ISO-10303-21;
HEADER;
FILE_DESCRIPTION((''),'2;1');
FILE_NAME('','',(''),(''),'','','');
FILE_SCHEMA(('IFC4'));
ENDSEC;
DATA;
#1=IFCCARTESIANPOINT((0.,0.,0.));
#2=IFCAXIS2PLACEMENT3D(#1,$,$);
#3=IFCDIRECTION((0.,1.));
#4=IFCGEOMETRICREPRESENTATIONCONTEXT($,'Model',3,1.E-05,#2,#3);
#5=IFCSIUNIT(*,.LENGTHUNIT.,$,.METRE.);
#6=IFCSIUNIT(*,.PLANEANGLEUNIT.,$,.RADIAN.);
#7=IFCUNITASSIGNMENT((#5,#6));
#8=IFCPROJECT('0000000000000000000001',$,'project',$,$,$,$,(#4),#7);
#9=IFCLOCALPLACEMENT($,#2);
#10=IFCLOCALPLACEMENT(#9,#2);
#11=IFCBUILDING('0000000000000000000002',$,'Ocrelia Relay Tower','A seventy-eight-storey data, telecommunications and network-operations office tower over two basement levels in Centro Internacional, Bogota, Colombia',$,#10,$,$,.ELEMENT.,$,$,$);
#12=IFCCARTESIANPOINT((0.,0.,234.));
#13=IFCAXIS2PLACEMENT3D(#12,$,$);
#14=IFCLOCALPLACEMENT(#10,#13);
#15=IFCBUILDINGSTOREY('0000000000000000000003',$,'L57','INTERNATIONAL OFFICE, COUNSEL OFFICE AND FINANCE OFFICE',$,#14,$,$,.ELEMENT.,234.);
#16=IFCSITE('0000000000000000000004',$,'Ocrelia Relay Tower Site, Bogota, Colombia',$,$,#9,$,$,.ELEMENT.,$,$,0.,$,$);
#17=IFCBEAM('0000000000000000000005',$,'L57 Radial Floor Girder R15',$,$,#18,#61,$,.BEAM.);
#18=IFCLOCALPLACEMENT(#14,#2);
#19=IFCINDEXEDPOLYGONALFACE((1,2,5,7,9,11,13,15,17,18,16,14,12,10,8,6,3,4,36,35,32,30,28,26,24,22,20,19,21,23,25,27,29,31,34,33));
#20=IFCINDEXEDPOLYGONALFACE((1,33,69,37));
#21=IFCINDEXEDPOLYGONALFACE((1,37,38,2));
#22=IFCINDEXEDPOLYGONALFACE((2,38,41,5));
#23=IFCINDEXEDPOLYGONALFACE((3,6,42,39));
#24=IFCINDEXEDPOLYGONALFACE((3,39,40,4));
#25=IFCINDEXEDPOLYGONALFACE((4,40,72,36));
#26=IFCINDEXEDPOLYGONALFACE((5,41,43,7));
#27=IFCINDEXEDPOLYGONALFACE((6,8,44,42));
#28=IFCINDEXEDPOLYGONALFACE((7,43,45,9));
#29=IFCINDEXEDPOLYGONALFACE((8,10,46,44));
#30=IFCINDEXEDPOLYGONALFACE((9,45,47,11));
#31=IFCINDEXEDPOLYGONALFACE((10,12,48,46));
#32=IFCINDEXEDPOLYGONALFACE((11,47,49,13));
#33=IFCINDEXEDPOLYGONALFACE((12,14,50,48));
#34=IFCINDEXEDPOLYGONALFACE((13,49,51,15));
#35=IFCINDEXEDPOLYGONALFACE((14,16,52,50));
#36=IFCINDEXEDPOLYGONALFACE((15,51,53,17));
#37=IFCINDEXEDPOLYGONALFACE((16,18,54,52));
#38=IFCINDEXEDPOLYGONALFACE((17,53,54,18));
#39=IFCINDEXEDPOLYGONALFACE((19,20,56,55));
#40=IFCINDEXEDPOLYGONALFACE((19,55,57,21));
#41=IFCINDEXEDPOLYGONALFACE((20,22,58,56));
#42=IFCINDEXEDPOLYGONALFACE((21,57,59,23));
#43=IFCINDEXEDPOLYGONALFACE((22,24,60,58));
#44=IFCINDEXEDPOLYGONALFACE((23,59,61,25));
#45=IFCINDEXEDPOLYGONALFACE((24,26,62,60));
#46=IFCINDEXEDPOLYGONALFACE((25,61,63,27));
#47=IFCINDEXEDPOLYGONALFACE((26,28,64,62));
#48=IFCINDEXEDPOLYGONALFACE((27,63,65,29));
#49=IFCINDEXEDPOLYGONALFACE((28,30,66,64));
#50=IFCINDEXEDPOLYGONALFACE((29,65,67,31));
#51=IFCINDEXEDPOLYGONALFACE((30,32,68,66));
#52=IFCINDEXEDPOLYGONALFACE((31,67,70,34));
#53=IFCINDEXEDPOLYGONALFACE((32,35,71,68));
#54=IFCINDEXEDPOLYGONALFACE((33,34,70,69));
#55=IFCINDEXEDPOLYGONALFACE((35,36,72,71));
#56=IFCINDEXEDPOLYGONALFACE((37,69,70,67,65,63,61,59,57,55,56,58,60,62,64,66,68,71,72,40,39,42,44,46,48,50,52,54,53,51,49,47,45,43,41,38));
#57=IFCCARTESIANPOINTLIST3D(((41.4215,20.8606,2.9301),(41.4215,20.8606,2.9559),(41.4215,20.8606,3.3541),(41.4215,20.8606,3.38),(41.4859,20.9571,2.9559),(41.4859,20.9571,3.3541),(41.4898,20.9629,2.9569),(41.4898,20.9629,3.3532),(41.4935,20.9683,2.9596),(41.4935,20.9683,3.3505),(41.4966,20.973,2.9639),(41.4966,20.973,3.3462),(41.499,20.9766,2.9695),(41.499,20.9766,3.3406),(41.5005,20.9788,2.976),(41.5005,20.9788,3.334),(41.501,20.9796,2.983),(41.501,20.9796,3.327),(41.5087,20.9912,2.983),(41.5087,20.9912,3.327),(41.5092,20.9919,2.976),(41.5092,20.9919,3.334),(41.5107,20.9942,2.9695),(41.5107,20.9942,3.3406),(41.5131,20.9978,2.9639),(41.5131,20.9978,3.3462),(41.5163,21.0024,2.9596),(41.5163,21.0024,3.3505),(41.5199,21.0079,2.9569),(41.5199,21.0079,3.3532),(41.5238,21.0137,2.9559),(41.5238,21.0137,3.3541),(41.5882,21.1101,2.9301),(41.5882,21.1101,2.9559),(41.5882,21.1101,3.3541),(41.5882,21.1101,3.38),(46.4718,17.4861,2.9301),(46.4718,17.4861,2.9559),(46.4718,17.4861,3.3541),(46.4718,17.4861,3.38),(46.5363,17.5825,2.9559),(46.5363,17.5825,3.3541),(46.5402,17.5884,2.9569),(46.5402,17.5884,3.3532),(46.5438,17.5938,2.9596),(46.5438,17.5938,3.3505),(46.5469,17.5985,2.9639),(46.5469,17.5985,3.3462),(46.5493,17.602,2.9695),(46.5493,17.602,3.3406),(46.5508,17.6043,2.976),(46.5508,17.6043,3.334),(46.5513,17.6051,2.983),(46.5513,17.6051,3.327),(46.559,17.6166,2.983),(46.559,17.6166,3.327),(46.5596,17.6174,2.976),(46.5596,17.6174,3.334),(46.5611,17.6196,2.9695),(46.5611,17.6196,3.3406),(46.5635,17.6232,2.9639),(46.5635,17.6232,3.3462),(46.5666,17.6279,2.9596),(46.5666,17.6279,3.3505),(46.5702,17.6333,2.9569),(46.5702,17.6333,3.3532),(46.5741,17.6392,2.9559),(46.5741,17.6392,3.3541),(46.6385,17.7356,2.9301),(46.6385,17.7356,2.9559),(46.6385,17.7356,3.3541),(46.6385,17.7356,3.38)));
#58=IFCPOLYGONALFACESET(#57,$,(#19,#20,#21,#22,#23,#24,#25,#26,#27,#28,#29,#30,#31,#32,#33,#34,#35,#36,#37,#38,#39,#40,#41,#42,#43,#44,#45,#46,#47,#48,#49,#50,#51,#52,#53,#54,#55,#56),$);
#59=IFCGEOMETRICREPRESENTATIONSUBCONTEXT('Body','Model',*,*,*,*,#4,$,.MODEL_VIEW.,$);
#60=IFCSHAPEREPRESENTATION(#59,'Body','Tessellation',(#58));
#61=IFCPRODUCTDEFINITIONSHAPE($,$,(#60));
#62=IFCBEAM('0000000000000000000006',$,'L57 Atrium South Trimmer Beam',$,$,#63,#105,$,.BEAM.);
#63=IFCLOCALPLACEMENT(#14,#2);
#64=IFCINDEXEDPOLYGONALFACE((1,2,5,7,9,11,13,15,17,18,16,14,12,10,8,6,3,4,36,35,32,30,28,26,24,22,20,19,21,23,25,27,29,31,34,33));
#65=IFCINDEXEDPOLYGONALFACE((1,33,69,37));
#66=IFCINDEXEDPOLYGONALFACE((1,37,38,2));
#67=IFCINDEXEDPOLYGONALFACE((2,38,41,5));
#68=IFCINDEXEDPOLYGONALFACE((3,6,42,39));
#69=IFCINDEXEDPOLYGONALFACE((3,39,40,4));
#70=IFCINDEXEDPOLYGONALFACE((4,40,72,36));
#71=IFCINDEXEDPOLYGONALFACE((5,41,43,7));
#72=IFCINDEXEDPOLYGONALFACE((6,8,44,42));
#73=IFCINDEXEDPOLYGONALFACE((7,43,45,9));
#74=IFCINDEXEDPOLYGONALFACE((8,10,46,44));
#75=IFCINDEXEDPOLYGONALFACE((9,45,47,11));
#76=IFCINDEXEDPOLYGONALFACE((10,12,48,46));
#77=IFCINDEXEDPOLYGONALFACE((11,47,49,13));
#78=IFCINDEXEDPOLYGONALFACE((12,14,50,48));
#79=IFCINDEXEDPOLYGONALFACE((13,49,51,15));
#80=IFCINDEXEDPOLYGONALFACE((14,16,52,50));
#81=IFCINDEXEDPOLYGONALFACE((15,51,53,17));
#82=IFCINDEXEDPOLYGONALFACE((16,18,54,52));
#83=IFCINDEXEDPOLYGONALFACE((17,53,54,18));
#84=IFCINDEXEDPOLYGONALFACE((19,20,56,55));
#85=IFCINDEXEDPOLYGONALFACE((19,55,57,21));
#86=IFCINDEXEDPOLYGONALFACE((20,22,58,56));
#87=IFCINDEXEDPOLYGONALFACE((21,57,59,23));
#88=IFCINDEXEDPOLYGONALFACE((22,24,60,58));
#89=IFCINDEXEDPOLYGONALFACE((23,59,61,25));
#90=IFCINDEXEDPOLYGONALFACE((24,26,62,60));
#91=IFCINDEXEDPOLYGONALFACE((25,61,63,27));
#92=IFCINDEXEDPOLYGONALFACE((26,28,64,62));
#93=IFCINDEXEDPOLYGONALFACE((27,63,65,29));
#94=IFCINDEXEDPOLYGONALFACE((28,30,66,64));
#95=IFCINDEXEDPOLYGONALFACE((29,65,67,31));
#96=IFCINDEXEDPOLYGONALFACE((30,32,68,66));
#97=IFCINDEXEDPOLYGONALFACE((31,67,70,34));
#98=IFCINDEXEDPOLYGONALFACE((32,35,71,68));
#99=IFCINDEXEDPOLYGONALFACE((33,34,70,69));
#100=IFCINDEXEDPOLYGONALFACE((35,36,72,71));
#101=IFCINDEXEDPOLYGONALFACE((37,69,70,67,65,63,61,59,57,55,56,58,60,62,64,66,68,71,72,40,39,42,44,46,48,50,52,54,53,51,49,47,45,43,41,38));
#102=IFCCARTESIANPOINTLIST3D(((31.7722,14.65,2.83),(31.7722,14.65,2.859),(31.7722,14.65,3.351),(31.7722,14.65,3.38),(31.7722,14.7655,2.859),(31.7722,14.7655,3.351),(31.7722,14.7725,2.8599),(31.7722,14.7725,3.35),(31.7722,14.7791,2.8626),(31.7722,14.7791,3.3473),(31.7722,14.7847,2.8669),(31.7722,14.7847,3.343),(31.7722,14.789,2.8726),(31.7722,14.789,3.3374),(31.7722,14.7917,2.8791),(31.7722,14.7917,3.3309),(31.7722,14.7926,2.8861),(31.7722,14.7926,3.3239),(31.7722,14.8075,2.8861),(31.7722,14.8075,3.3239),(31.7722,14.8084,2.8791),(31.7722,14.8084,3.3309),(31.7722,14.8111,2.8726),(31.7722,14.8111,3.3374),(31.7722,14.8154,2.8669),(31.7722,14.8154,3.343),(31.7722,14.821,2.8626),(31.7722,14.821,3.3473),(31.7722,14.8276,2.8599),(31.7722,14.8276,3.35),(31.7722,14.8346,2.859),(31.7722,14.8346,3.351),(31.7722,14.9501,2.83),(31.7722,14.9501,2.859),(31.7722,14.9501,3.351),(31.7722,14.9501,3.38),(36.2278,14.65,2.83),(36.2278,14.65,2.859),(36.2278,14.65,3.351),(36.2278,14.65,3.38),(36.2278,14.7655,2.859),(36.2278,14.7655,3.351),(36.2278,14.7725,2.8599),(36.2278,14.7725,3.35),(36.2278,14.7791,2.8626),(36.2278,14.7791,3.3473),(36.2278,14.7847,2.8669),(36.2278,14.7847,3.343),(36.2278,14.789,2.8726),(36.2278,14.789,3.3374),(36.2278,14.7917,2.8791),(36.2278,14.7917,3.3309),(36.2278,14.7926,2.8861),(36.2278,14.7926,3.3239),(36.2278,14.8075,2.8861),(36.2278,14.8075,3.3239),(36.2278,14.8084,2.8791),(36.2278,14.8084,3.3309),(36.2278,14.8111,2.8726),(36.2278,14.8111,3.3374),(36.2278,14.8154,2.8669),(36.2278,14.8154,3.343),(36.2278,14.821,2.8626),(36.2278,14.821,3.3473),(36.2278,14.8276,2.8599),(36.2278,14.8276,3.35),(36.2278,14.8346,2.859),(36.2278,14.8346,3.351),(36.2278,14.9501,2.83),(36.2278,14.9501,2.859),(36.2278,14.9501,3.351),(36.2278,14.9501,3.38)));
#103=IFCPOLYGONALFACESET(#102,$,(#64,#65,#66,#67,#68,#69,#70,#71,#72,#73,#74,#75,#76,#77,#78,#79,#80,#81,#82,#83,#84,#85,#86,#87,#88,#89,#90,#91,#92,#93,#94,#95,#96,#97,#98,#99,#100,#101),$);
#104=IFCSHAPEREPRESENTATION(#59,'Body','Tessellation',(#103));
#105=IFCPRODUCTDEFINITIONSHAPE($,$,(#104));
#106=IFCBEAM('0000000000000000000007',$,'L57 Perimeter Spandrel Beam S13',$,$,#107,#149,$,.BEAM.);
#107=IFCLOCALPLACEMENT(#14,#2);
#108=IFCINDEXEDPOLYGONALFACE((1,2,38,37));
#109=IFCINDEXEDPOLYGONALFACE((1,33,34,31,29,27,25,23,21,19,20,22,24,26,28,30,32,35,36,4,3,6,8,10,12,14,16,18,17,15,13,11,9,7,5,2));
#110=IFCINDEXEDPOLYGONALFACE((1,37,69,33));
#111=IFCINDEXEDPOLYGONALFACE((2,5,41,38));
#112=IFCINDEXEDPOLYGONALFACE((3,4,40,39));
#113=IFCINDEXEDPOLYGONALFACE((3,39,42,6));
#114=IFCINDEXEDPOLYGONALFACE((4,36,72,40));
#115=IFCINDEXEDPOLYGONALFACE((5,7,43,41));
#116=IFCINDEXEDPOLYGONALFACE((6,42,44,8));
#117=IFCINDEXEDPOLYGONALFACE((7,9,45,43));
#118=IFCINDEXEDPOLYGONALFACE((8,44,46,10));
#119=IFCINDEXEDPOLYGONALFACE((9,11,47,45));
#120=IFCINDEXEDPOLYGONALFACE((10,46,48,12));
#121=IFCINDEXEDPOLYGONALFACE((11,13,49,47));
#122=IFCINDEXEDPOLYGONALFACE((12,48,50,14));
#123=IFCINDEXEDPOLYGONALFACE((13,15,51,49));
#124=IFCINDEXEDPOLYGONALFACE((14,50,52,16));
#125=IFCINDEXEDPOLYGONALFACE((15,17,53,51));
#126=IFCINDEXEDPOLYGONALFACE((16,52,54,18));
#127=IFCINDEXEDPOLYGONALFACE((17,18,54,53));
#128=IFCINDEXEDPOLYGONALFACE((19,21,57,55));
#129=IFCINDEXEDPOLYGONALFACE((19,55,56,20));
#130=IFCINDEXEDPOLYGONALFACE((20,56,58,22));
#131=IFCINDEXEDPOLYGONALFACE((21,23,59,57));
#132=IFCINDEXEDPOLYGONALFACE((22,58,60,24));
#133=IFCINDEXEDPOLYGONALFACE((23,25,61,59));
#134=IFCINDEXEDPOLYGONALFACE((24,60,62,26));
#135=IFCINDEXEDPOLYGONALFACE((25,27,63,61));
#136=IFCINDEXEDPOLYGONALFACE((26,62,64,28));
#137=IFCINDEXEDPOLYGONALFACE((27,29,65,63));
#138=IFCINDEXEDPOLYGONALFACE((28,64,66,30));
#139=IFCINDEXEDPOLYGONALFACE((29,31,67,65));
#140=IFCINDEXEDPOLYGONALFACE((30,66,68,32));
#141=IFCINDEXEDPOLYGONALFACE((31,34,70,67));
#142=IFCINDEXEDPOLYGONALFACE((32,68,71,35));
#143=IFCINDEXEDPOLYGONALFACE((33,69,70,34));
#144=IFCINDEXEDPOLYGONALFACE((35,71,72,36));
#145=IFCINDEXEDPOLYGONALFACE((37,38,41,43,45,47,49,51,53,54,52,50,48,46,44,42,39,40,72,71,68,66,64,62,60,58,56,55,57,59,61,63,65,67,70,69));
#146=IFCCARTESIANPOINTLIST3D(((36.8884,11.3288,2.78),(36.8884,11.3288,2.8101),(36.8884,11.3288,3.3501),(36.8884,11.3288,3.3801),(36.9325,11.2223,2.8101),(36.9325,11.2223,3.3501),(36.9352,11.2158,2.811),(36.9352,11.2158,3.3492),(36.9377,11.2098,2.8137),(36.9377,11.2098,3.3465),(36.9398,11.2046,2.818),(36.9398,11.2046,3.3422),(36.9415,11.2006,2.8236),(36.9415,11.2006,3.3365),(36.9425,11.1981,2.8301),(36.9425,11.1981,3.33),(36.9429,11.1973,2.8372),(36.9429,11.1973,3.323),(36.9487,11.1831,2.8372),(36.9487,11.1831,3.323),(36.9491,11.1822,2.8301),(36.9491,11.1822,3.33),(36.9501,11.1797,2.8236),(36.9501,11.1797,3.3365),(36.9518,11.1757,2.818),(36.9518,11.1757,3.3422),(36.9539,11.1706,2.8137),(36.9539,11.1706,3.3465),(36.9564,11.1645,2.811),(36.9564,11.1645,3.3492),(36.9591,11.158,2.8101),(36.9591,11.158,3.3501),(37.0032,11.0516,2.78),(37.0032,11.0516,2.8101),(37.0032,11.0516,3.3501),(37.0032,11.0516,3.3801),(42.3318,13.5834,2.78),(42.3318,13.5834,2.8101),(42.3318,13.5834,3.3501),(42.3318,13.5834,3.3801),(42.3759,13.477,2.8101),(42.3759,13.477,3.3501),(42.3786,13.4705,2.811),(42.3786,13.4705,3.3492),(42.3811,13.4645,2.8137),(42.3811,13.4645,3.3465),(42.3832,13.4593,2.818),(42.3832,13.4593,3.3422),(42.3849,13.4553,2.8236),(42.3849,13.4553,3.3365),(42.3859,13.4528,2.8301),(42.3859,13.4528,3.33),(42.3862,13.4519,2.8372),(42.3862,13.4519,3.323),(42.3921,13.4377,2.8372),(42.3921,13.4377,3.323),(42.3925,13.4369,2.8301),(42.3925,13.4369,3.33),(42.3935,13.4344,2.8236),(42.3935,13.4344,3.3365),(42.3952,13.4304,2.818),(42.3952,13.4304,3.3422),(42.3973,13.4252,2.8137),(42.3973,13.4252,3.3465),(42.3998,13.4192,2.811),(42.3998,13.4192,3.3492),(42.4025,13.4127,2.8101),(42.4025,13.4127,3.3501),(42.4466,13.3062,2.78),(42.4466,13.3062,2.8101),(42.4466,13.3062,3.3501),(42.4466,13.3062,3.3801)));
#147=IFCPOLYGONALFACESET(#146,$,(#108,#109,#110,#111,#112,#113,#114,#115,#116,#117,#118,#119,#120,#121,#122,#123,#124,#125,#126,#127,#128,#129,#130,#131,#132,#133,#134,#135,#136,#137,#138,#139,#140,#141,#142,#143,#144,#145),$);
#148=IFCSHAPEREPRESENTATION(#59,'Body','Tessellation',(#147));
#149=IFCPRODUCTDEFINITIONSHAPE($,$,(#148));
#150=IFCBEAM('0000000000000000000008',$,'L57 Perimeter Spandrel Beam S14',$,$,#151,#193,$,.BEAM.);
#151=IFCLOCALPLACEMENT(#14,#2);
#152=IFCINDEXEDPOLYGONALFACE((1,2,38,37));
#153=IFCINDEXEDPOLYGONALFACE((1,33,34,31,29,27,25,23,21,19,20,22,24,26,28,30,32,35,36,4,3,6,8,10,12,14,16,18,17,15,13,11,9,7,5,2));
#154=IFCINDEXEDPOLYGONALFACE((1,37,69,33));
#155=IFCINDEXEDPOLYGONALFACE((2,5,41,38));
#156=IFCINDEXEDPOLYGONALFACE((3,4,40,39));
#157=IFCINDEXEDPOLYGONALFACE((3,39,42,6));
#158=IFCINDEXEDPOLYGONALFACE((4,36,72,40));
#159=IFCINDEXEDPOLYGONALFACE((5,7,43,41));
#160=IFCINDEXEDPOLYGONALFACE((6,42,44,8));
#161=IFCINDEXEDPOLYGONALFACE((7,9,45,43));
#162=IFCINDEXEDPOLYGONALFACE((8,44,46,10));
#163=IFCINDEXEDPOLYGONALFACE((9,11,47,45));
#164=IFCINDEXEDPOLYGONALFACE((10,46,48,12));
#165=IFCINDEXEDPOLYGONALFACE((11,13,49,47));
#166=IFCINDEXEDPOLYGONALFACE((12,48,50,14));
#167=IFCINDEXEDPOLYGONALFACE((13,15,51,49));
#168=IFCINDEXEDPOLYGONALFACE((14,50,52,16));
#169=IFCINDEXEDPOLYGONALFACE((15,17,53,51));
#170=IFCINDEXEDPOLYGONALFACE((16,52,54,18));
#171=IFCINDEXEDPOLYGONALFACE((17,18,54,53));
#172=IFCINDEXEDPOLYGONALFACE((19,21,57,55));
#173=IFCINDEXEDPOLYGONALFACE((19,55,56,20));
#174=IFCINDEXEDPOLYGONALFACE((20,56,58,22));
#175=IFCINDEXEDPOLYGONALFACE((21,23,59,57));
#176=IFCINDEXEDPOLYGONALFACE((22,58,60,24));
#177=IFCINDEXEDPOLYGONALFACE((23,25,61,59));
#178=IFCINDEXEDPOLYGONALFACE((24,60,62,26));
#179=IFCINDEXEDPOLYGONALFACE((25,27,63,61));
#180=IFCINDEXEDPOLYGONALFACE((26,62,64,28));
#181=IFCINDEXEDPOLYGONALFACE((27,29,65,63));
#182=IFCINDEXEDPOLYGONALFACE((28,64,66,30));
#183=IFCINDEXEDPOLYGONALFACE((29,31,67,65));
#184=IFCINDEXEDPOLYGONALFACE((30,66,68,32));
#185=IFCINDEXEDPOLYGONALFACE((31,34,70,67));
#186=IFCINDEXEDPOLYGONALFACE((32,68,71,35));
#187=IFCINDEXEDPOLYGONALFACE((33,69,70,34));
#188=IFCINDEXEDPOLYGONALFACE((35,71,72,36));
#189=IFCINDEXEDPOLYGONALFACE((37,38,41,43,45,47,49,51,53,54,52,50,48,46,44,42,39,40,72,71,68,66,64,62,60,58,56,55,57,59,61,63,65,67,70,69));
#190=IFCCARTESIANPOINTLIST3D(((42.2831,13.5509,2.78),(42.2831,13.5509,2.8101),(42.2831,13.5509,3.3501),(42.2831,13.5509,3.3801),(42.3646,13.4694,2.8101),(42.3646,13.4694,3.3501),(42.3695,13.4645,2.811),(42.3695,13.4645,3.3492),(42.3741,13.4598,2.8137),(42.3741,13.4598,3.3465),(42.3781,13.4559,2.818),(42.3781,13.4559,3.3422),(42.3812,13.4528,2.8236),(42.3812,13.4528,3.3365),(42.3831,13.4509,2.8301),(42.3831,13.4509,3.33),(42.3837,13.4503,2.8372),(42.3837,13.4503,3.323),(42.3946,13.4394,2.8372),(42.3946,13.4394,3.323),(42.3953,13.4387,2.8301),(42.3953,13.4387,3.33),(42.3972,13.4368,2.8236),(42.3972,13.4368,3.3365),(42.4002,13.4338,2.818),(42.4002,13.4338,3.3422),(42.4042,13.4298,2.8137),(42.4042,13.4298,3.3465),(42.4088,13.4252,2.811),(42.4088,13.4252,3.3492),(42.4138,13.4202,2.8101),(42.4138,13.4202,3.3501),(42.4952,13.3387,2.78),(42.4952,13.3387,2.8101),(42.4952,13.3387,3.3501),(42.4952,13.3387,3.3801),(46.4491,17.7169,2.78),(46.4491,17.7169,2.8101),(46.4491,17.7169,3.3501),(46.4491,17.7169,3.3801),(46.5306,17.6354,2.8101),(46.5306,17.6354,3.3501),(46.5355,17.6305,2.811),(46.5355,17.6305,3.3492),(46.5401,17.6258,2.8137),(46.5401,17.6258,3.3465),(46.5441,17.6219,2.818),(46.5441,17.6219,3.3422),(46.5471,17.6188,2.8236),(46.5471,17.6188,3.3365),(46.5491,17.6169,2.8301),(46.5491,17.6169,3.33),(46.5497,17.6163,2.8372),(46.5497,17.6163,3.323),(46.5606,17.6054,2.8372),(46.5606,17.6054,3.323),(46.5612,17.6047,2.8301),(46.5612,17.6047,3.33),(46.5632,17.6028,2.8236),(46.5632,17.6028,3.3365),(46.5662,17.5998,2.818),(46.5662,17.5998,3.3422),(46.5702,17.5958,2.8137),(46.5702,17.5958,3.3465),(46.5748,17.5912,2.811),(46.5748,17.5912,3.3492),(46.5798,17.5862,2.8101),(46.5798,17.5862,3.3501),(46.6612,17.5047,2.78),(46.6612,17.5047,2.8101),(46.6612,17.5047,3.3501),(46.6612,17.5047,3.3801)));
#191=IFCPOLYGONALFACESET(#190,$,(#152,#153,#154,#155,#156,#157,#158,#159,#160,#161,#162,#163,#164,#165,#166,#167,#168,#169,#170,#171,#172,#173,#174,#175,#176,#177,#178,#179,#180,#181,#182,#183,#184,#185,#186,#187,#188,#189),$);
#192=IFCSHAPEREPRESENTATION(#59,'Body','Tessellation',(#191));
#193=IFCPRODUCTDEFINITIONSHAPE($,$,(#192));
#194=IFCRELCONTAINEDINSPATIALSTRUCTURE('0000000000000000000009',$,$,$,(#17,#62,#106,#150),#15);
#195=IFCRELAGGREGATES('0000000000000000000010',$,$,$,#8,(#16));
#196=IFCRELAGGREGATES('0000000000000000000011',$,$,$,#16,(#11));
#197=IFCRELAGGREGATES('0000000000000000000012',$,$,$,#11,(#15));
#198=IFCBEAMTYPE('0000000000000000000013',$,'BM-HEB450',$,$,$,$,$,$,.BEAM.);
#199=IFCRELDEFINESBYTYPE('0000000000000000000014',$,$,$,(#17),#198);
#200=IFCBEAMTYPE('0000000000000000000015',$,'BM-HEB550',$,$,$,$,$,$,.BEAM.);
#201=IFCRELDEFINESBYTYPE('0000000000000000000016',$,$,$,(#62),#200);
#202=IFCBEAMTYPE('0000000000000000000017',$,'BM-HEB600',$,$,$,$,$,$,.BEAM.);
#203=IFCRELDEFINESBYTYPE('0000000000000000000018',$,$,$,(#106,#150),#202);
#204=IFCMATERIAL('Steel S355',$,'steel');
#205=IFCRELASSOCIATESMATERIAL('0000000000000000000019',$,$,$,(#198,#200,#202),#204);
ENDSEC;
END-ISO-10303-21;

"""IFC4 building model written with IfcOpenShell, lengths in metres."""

from ifc_helpers import new_model, si_unit, direction, frame, origin, origin_2d, place, context, subcontext, project, spatial, i_section, extrude, material, material_profile, profile_set, type_object, element, save


model = new_model("IFC4")

# Units and contexts
model_context = context("Model", 3, precision=1e-05, world=origin(), true_north=direction((0.0, 1.0)))
body_context = subcontext(model_context, "Body", "Model", "MODEL_VIEW")
ifc_project = project(units=[si_unit("LENGTHUNIT", "METRE"), si_unit("PLANEANGLEUNIT", "RADIAN")], contexts=[model_context])

# Site, building, storey
site_placement = place(None, origin())
site = spatial("IfcSite", under=ifc_project, at=site_placement, Name="Ocrelia Relay Tower Site, Bogota, Colombia", CompositionType="ELEMENT", RefElevation=0.0)
building_placement = place(site_placement, origin())
building = spatial("IfcBuilding", under=site, at=building_placement, Name="Ocrelia Relay Tower", Description="A seventy-eight-storey data, telecommunications and network-operations office tower over two basement levels in Centro Internacional, Bogota, Colombia", CompositionType="ELEMENT")
storey_placement = place(building_placement, frame((0.0, 0.0, 234.0)))
storey = spatial("IfcBuildingStorey", under=building, at=storey_placement, Name="L57", Description="INTERNATIONAL OFFICE, COUNSEL OFFICE AND FINANCE OFFICE", CompositionType="ELEMENT", Elevation=234.0)

# Beams
ifc_material_1 = material(Name="Steel S355", Category="steel")
ifc_material_profile_1 = material_profile(ifc_material_1, i_section(OverallWidth=0.3, OverallDepth=0.45, WebThickness=0.0139, FlangeThickness=0.0259, FilletRadius=0.0271, at=origin_2d()), Name="HEB 450")
ifc_profile_set_1 = profile_set([ifc_material_profile_1], Name="Steel S355")
beam_type_1 = type_object("IfcBeamType", Name="BM-HEB450", PredefinedType="BEAM", material=ifc_profile_set_1)
beam_1_placement = place(storey_placement, frame((46.5552, 17.6108, 3.155), z_axis=(-0.831469, 0.555572, 0.0), x_axis=(-0.555572, -0.831469, 0.0)))
element("IfcBeam", 1, at=beam_1_placement, inside=storey, type_object=beam_type_1, Name="L57 Radial Floor Girder R15", PredefinedType="BEAM", context=body_context, shape_type="SweptSolid", body=[
    extrude(i_section(OverallWidth=0.3, OverallDepth=0.45, WebThickness=0.0139, FlangeThickness=0.0259, FilletRadius=0.0271, at=origin_2d()), origin(), (0.0, 0.0, 1.0), 6.074),
])
ifc_material_profile_2 = material_profile(ifc_material_1, i_section(OverallWidth=0.3, OverallDepth=0.55, WebThickness=0.0149, FlangeThickness=0.0291, FilletRadius=0.0271, at=origin_2d()), Name="HEB 550")
ifc_profile_set_2 = profile_set([ifc_material_profile_2], Name="Steel S355")
beam_type_2 = type_object("IfcBeamType", Name="BM-HEB550", PredefinedType="BEAM", material=ifc_profile_set_2)
beam_2_placement = place(storey_placement, frame((31.7722, 14.8, 3.105), z_axis=(1.0, 0.0, 0.0), x_axis=(0.0, 1.0, 0.0)))
element("IfcBeam", 2, at=beam_2_placement, inside=storey, type_object=beam_type_2, Name="L57 Atrium South Trimmer Beam", PredefinedType="BEAM", context=body_context, shape_type="SweptSolid", body=[
    extrude(i_section(OverallWidth=0.3, OverallDepth=0.55, WebThickness=0.0149, FlangeThickness=0.0291, FilletRadius=0.0271, at=origin_2d()), origin(), (0.0, 0.0, 1.0), 4.4556),
])
ifc_material_profile_3 = material_profile(ifc_material_1, i_section(OverallWidth=0.3, OverallDepth=0.6001, WebThickness=0.0154, FlangeThickness=0.03, FilletRadius=0.0271, at=origin_2d()), Name="HEB 600")
ifc_profile_set_3 = profile_set([ifc_material_profile_3], Name="Steel S355")
beam_type_3 = type_object("IfcBeamType", Name="BM-HEB600", PredefinedType="BEAM", material=ifc_profile_set_3)
beam_3_placement = place(storey_placement, frame((36.9458, 11.1902, 3.0801), z_axis=(0.923884, 0.382673, 0.0), x_axis=(-0.382673, 0.923884, 0.0)))
element("IfcBeam", 3, at=beam_3_placement, inside=storey, type_object=beam_type_3, Name="L57 Perimeter Spandrel Beam S13", PredefinedType="BEAM", context=body_context, shape_type="SweptSolid", body=[
    extrude(i_section(OverallWidth=0.3, OverallDepth=0.6001, WebThickness=0.0154, FlangeThickness=0.03, FilletRadius=0.0271, at=origin_2d()), origin(), (0.0, 0.0, 1.0), 5.8918),
])
beam_4_placement = place(storey_placement, frame((42.3892, 13.4448, 3.0801), z_axis=(0.707107, 0.707107, 0.0), x_axis=(-0.707107, 0.707107, 0.0)))
element("IfcBeam", 4, at=beam_4_placement, inside=storey, type_object=beam_type_3, Name="L57 Perimeter Spandrel Beam S14", PredefinedType="BEAM", context=body_context, shape_type="SweptSolid", body=[
    extrude(i_section(OverallWidth=0.3, OverallDepth=0.6001, WebThickness=0.0154, FlangeThickness=0.03, FilletRadius=0.0271, at=origin_2d()), origin(), (0.0, 0.0, 1.0), 5.8916),
])

save(model, "model.ifc")
